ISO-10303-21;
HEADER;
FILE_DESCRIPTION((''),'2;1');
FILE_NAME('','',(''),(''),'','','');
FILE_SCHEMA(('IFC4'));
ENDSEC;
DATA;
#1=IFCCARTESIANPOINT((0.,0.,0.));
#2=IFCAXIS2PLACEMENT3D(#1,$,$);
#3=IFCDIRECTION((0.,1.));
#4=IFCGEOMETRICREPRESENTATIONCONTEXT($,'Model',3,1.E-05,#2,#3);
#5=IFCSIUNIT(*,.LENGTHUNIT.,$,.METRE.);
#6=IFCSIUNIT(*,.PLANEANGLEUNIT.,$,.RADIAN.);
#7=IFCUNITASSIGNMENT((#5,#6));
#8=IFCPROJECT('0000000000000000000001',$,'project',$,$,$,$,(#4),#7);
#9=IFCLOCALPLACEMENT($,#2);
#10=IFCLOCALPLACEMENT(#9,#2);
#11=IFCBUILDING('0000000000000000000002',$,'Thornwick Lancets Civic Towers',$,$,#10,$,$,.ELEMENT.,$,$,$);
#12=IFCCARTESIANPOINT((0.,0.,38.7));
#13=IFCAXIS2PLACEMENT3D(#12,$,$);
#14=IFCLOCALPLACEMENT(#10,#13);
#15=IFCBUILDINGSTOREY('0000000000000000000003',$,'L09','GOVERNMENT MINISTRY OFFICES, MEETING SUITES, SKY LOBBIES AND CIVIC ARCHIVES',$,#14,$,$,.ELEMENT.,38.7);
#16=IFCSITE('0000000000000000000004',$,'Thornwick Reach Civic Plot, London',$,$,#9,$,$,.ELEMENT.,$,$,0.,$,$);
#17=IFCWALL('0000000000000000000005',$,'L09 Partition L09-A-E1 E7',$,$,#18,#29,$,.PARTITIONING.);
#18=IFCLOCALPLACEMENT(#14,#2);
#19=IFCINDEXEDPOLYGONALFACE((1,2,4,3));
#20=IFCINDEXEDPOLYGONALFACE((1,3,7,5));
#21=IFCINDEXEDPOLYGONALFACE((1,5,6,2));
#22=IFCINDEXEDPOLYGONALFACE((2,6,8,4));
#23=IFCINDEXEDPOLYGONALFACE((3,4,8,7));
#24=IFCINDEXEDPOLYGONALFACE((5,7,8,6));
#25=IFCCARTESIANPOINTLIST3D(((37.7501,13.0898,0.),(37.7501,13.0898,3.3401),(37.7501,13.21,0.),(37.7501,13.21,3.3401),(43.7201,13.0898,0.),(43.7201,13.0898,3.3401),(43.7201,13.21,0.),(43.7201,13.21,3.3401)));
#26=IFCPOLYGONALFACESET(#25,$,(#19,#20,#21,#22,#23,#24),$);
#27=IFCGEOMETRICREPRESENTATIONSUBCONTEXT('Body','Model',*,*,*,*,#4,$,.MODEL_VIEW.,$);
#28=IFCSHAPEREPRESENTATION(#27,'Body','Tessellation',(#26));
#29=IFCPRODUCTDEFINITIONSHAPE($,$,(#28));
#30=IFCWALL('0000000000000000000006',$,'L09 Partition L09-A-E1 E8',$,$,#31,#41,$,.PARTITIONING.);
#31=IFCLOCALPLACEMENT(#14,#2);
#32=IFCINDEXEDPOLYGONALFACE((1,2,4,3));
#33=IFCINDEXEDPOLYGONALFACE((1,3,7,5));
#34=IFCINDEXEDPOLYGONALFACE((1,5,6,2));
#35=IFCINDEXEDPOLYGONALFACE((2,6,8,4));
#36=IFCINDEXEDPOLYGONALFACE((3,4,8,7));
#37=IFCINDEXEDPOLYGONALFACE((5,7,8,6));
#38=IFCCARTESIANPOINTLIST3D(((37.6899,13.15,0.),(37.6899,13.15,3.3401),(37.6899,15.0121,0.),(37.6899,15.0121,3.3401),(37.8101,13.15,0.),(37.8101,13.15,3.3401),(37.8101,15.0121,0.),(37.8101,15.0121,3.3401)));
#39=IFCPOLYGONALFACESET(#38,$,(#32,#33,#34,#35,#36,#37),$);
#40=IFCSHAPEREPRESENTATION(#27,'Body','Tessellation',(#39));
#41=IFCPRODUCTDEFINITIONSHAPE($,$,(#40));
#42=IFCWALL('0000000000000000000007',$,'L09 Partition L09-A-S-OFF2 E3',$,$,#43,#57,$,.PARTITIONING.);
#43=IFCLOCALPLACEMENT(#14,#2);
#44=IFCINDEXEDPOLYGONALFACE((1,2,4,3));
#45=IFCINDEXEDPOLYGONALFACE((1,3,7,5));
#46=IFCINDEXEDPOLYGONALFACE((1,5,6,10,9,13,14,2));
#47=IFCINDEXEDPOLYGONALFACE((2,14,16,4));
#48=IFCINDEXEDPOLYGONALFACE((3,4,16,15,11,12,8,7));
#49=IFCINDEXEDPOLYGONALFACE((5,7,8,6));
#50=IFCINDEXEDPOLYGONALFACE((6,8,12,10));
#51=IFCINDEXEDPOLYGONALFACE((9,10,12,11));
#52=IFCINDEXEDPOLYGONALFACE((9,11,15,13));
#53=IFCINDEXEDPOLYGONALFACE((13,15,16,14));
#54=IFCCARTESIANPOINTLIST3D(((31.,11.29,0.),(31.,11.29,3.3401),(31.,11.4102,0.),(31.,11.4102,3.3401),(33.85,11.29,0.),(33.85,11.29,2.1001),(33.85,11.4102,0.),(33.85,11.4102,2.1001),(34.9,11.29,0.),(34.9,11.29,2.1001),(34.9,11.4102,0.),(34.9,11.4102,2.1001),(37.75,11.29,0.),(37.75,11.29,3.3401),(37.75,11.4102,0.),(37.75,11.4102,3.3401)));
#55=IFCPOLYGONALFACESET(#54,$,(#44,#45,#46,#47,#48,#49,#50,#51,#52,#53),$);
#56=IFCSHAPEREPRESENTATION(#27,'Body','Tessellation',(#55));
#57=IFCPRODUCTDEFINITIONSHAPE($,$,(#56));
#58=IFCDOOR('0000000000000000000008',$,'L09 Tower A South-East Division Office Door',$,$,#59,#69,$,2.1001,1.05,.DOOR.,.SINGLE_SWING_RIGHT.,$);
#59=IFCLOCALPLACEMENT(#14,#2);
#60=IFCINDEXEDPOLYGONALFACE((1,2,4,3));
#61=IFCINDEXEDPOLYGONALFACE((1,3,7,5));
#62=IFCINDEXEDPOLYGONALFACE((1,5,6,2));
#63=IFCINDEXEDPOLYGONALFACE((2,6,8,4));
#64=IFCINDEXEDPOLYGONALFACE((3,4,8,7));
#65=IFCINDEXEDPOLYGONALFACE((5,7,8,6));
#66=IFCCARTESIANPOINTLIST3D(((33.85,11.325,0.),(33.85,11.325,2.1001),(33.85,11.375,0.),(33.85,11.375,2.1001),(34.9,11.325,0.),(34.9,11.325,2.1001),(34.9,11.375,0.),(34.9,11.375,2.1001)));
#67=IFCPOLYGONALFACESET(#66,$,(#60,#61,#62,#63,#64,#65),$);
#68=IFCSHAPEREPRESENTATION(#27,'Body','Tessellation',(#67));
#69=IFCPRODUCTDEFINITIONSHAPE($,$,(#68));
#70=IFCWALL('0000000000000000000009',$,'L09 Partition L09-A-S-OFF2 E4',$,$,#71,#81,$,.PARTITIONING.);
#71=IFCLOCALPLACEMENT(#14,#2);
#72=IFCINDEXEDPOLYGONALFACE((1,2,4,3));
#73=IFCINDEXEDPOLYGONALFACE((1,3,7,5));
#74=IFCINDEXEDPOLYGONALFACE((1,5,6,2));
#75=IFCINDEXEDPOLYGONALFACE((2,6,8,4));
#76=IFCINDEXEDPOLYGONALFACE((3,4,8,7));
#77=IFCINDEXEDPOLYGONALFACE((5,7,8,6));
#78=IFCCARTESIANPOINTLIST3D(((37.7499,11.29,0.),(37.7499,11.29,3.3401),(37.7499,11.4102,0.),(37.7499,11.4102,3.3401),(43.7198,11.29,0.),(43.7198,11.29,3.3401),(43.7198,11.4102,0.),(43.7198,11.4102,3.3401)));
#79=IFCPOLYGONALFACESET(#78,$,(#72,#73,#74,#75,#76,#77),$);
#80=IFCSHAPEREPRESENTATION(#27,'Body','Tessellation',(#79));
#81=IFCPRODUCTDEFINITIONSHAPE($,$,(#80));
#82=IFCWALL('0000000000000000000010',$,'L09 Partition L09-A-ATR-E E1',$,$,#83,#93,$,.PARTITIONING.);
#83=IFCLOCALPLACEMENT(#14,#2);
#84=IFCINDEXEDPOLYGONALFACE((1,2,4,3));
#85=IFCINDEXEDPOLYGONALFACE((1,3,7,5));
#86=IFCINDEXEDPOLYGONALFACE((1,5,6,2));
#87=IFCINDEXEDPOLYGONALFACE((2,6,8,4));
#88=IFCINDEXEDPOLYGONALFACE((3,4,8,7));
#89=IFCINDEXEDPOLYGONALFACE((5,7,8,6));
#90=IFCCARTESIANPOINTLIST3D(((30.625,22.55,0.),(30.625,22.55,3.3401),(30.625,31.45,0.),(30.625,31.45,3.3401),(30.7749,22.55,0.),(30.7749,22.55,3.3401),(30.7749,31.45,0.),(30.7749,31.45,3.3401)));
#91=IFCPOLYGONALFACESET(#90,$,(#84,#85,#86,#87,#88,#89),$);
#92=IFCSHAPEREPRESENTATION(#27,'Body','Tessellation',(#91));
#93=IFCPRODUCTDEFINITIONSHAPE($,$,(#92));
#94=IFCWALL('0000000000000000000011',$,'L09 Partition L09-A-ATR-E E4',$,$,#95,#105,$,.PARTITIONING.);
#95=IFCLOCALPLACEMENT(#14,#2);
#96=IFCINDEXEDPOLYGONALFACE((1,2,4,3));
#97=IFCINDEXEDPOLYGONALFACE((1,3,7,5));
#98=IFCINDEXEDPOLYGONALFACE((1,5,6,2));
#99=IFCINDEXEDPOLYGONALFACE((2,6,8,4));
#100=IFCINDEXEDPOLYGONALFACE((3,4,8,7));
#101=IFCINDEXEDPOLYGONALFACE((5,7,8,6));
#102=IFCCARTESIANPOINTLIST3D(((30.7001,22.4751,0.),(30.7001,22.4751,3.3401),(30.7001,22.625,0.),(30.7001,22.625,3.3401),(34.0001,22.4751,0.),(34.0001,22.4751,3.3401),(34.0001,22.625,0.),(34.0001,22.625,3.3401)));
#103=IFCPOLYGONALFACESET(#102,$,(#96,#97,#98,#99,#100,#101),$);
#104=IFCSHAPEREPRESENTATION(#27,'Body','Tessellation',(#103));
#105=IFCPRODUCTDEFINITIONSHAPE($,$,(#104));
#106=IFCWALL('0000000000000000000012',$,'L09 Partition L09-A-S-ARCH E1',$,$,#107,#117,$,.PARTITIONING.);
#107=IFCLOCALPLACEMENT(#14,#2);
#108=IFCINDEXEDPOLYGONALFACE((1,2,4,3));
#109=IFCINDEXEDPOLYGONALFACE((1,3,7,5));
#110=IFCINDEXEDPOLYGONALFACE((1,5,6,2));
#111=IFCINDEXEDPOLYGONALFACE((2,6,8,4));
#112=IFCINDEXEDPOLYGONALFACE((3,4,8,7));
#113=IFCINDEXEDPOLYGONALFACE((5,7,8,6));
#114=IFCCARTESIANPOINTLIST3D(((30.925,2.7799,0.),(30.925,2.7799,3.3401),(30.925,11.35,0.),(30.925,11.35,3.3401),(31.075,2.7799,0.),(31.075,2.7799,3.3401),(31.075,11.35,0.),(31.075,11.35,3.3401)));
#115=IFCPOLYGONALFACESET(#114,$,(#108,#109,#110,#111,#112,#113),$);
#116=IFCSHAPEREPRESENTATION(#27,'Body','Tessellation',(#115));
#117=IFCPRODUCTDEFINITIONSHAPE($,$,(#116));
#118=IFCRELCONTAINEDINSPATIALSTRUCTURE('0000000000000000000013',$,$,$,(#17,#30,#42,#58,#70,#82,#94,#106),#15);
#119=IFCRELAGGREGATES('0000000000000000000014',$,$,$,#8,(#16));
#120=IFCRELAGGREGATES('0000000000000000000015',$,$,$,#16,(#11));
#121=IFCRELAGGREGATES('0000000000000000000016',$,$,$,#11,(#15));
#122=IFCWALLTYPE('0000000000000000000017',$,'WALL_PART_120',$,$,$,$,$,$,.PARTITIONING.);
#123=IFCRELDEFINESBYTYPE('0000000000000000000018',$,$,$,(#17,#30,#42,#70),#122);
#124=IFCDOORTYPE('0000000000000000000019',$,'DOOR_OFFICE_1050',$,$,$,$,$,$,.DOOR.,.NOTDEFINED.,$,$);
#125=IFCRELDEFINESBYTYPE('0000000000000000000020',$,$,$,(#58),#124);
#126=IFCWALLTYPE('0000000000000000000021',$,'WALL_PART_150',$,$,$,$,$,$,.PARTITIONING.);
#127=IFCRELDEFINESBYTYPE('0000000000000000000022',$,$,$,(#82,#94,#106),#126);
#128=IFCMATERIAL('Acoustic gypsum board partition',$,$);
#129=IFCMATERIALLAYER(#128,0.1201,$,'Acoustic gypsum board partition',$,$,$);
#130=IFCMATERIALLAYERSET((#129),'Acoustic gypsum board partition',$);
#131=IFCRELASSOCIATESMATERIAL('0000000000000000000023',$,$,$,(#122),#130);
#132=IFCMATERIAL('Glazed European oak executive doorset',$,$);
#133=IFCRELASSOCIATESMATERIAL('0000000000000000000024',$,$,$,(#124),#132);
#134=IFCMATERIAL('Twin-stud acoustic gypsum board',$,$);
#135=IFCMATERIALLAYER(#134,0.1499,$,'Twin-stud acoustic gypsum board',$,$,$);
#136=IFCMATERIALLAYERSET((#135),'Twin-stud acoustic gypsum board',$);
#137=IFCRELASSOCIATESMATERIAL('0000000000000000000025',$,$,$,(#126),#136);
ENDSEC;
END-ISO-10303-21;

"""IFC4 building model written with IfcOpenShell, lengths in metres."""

from ifc_helpers import new_model, si_unit, direction, frame, frame_2d, origin, place, context, subcontext, project, spatial, rectangle, extrude, material, layer, layer_set, type_object, element, fill, save


model = new_model("IFC4")

# Units and contexts
model_context = context("Model", 3, precision=1e-05, world=origin(), true_north=direction((0.0, 1.0)))
body_context = subcontext(model_context, "Body", "Model", "MODEL_VIEW")
ifc_project = project(units=[si_unit("LENGTHUNIT", "METRE"), si_unit("PLANEANGLEUNIT", "RADIAN")], contexts=[model_context])

# Site, building, storey
site_placement = place(None, origin())
site = spatial("IfcSite", under=ifc_project, at=site_placement, Name="Thornwick Reach Civic Plot, London", CompositionType="ELEMENT", RefElevation=0.0)
building_placement = place(site_placement, origin())
building = spatial("IfcBuilding", under=site, at=building_placement, Name="Thornwick Lancets Civic Towers", CompositionType="ELEMENT")
storey_placement = place(building_placement, frame((0.0, 0.0, 38.7)))
storey = spatial("IfcBuildingStorey", under=building, at=storey_placement, Name="L09", Description="GOVERNMENT MINISTRY OFFICES, MEETING SUITES, SKY LOBBIES AND CIVIC ARCHIVES", CompositionType="ELEMENT", Elevation=38.7)

# Shared definitions
ifc_material_1 = material(Name="Acoustic gypsum board partition")
ifc_layer_1 = layer(ifc_material_1, 0.1201, Name="Acoustic gypsum board partition")
ifc_layer_set_1 = layer_set([ifc_layer_1], Name="Acoustic gypsum board partition")
wall_type_1 = type_object("IfcWallType", Name="WALL_PART_120", PredefinedType="PARTITIONING", material=ifc_layer_set_1)

# Walls
wall_1_placement = place(storey_placement, frame((43.72, 13.1499, 0.0), z_axis=(0.0, 0.0, 1.0), x_axis=(-1.0, 0.0, 0.0)))
element("IfcWall", 1, at=wall_1_placement, inside=storey, type_object=wall_type_1, Name="L09 Partition L09-A-E1 E7", PredefinedType="PARTITIONING", context=body_context, shape_type="SweptSolid", body=[
    extrude(rectangle(XDim=5.97, YDim=0.1201, at=frame_2d((2.9849, 0.0))), origin(), (0.0, 0.0, 1.0), 3.3401),
])
wall_2_placement = place(storey_placement, frame((37.75, 13.1499, 0.0), z_axis=(0.0, 0.0, 1.0), x_axis=(0.0, 1.0, 0.0)))
element("IfcWall", 2, at=wall_2_placement, inside=storey, type_object=wall_type_1, Name="L09 Partition L09-A-E1 E8", PredefinedType="PARTITIONING", context=body_context, shape_type="SweptSolid", body=[
    extrude(rectangle(XDim=1.8621, YDim=0.1201, at=frame_2d((0.9312, 0.0))), origin(), (0.0, 0.0, 1.0), 3.3401),
])

# Wall, opening, door
wall_3_placement = place(storey_placement, frame((31.0, 11.3501, 0.0), z_axis=(0.0, 0.0, 1.0), x_axis=(1.0, 0.0, 0.0)))
wall_3 = element("IfcWall", 3, at=wall_3_placement, inside=storey, type_object=wall_type_1, Name="L09 Partition L09-A-S-OFF2 E3", PredefinedType="PARTITIONING", context=body_context, shape_type="SweptSolid", body=[
    extrude(rectangle(XDim=6.75, YDim=0.1201, at=frame_2d((3.375, 0.0))), origin(), (0.0, 0.0, 1.0), 3.3401),
])
opening_1_placement = place(wall_3_placement, frame((2.8501, 0.0, 0.0)))
opening_1 = element("IfcOpeningElement", 4, at=opening_1_placement, cuts=wall_3, PredefinedType="OPENING", context=body_context, shape_type="SweptSolid", body=[
    extrude(rectangle(XDim=1.05, YDim=2.1001, at=frame_2d((0.5249, 1.05))), frame((0.0, 0.0701, 0.0), z_axis=(0.0, -1.0, 0.0), x_axis=(1.0, 0.0, 0.0)), (0.0, 0.0, 1.0), 0.1401),
])
ifc_material_2 = material(Name="Glazed European oak executive doorset")
door_type_1 = type_object("IfcDoorType", Name="DOOR_OFFICE_1050", OperationType="NOTDEFINED", PredefinedType="DOOR", material=ifc_material_2)
door_1_placement = place(opening_1_placement, origin())
door_1 = element("IfcDoor", 5, at=door_1_placement, inside=storey, type_object=door_type_1, Name="L09 Tower A South-East Division Office Door", OperationType="SINGLE_SWING_RIGHT", OverallHeight=2.1001, OverallWidth=1.05, PredefinedType="DOOR", context=body_context, shape_type="SweptSolid", body=[
    extrude(rectangle(XDim=1.05, YDim=2.1001, at=frame_2d((0.5249, 1.05))), frame((0.0, 0.0249, 0.0), z_axis=(0.0, -1.0, 0.0), x_axis=(1.0, 0.0, 0.0)), (0.0, 0.0, 1.0), 0.05),
])
fill(opening_1, door_1)

# Walls
wall_4_placement = place(storey_placement, frame((37.75, 11.3501, 0.0), z_axis=(0.0, 0.0, 1.0), x_axis=(1.0, 0.0, 0.0)))
element("IfcWall", 6, at=wall_4_placement, inside=storey, type_object=wall_type_1, Name="L09 Partition L09-A-S-OFF2 E4", PredefinedType="PARTITIONING", context=body_context, shape_type="SweptSolid", body=[
    extrude(rectangle(XDim=5.97, YDim=0.1201, at=frame_2d((2.9849, 0.0))), origin(), (0.0, 0.0, 1.0), 3.3401),
])
ifc_material_3 = material(Name="Twin-stud acoustic gypsum board")
ifc_layer_2 = layer(ifc_material_3, 0.1499, Name="Twin-stud acoustic gypsum board")
ifc_layer_set_2 = layer_set([ifc_layer_2], Name="Twin-stud acoustic gypsum board")
wall_type_2 = type_object("IfcWallType", Name="WALL_PART_150", PredefinedType="PARTITIONING", material=ifc_layer_set_2)
wall_5_placement = place(storey_placement, frame((30.7, 22.55, 0.0), z_axis=(0.0, 0.0, 1.0), x_axis=(0.0, 1.0, 0.0)))
element("IfcWall", 7, at=wall_5_placement, inside=storey, type_object=wall_type_2, Name="L09 Partition L09-A-ATR-E E1", PredefinedType="PARTITIONING", context=body_context, shape_type="SweptSolid", body=[
    extrude(rectangle(XDim=8.8999, YDim=0.1499, at=frame_2d((4.45, 0.0))), origin(), (0.0, 0.0, 1.0), 3.3401),
])
wall_6_placement = place(storey_placement, frame((34.0, 22.55, 0.0), z_axis=(0.0, 0.0, 1.0), x_axis=(-1.0, 0.0, 0.0)))
element("IfcWall", 8, at=wall_6_placement, inside=storey, type_object=wall_type_2, Name="L09 Partition L09-A-ATR-E E4", PredefinedType="PARTITIONING", context=body_context, shape_type="SweptSolid", body=[
    extrude(rectangle(XDim=3.3, YDim=0.1499, at=frame_2d((1.6499, 0.0))), origin(), (0.0, 0.0, 1.0), 3.3401),
])
wall_7_placement = place(storey_placement, frame((31.0, 11.3501, 0.0), z_axis=(0.0, 0.0, 1.0), x_axis=(0.0, -1.0, 0.0)))
element("IfcWall", 9, at=wall_7_placement, inside=storey, type_object=wall_type_2, Name="L09 Partition L09-A-S-ARCH E1", PredefinedType="PARTITIONING", context=body_context, shape_type="SweptSolid", body=[
    extrude(rectangle(XDim=8.5701, YDim=0.1499, at=frame_2d((4.2852, 0.0))), origin(), (0.0, 0.0, 1.0), 3.3401),
])

save(model, "model.ifc")
